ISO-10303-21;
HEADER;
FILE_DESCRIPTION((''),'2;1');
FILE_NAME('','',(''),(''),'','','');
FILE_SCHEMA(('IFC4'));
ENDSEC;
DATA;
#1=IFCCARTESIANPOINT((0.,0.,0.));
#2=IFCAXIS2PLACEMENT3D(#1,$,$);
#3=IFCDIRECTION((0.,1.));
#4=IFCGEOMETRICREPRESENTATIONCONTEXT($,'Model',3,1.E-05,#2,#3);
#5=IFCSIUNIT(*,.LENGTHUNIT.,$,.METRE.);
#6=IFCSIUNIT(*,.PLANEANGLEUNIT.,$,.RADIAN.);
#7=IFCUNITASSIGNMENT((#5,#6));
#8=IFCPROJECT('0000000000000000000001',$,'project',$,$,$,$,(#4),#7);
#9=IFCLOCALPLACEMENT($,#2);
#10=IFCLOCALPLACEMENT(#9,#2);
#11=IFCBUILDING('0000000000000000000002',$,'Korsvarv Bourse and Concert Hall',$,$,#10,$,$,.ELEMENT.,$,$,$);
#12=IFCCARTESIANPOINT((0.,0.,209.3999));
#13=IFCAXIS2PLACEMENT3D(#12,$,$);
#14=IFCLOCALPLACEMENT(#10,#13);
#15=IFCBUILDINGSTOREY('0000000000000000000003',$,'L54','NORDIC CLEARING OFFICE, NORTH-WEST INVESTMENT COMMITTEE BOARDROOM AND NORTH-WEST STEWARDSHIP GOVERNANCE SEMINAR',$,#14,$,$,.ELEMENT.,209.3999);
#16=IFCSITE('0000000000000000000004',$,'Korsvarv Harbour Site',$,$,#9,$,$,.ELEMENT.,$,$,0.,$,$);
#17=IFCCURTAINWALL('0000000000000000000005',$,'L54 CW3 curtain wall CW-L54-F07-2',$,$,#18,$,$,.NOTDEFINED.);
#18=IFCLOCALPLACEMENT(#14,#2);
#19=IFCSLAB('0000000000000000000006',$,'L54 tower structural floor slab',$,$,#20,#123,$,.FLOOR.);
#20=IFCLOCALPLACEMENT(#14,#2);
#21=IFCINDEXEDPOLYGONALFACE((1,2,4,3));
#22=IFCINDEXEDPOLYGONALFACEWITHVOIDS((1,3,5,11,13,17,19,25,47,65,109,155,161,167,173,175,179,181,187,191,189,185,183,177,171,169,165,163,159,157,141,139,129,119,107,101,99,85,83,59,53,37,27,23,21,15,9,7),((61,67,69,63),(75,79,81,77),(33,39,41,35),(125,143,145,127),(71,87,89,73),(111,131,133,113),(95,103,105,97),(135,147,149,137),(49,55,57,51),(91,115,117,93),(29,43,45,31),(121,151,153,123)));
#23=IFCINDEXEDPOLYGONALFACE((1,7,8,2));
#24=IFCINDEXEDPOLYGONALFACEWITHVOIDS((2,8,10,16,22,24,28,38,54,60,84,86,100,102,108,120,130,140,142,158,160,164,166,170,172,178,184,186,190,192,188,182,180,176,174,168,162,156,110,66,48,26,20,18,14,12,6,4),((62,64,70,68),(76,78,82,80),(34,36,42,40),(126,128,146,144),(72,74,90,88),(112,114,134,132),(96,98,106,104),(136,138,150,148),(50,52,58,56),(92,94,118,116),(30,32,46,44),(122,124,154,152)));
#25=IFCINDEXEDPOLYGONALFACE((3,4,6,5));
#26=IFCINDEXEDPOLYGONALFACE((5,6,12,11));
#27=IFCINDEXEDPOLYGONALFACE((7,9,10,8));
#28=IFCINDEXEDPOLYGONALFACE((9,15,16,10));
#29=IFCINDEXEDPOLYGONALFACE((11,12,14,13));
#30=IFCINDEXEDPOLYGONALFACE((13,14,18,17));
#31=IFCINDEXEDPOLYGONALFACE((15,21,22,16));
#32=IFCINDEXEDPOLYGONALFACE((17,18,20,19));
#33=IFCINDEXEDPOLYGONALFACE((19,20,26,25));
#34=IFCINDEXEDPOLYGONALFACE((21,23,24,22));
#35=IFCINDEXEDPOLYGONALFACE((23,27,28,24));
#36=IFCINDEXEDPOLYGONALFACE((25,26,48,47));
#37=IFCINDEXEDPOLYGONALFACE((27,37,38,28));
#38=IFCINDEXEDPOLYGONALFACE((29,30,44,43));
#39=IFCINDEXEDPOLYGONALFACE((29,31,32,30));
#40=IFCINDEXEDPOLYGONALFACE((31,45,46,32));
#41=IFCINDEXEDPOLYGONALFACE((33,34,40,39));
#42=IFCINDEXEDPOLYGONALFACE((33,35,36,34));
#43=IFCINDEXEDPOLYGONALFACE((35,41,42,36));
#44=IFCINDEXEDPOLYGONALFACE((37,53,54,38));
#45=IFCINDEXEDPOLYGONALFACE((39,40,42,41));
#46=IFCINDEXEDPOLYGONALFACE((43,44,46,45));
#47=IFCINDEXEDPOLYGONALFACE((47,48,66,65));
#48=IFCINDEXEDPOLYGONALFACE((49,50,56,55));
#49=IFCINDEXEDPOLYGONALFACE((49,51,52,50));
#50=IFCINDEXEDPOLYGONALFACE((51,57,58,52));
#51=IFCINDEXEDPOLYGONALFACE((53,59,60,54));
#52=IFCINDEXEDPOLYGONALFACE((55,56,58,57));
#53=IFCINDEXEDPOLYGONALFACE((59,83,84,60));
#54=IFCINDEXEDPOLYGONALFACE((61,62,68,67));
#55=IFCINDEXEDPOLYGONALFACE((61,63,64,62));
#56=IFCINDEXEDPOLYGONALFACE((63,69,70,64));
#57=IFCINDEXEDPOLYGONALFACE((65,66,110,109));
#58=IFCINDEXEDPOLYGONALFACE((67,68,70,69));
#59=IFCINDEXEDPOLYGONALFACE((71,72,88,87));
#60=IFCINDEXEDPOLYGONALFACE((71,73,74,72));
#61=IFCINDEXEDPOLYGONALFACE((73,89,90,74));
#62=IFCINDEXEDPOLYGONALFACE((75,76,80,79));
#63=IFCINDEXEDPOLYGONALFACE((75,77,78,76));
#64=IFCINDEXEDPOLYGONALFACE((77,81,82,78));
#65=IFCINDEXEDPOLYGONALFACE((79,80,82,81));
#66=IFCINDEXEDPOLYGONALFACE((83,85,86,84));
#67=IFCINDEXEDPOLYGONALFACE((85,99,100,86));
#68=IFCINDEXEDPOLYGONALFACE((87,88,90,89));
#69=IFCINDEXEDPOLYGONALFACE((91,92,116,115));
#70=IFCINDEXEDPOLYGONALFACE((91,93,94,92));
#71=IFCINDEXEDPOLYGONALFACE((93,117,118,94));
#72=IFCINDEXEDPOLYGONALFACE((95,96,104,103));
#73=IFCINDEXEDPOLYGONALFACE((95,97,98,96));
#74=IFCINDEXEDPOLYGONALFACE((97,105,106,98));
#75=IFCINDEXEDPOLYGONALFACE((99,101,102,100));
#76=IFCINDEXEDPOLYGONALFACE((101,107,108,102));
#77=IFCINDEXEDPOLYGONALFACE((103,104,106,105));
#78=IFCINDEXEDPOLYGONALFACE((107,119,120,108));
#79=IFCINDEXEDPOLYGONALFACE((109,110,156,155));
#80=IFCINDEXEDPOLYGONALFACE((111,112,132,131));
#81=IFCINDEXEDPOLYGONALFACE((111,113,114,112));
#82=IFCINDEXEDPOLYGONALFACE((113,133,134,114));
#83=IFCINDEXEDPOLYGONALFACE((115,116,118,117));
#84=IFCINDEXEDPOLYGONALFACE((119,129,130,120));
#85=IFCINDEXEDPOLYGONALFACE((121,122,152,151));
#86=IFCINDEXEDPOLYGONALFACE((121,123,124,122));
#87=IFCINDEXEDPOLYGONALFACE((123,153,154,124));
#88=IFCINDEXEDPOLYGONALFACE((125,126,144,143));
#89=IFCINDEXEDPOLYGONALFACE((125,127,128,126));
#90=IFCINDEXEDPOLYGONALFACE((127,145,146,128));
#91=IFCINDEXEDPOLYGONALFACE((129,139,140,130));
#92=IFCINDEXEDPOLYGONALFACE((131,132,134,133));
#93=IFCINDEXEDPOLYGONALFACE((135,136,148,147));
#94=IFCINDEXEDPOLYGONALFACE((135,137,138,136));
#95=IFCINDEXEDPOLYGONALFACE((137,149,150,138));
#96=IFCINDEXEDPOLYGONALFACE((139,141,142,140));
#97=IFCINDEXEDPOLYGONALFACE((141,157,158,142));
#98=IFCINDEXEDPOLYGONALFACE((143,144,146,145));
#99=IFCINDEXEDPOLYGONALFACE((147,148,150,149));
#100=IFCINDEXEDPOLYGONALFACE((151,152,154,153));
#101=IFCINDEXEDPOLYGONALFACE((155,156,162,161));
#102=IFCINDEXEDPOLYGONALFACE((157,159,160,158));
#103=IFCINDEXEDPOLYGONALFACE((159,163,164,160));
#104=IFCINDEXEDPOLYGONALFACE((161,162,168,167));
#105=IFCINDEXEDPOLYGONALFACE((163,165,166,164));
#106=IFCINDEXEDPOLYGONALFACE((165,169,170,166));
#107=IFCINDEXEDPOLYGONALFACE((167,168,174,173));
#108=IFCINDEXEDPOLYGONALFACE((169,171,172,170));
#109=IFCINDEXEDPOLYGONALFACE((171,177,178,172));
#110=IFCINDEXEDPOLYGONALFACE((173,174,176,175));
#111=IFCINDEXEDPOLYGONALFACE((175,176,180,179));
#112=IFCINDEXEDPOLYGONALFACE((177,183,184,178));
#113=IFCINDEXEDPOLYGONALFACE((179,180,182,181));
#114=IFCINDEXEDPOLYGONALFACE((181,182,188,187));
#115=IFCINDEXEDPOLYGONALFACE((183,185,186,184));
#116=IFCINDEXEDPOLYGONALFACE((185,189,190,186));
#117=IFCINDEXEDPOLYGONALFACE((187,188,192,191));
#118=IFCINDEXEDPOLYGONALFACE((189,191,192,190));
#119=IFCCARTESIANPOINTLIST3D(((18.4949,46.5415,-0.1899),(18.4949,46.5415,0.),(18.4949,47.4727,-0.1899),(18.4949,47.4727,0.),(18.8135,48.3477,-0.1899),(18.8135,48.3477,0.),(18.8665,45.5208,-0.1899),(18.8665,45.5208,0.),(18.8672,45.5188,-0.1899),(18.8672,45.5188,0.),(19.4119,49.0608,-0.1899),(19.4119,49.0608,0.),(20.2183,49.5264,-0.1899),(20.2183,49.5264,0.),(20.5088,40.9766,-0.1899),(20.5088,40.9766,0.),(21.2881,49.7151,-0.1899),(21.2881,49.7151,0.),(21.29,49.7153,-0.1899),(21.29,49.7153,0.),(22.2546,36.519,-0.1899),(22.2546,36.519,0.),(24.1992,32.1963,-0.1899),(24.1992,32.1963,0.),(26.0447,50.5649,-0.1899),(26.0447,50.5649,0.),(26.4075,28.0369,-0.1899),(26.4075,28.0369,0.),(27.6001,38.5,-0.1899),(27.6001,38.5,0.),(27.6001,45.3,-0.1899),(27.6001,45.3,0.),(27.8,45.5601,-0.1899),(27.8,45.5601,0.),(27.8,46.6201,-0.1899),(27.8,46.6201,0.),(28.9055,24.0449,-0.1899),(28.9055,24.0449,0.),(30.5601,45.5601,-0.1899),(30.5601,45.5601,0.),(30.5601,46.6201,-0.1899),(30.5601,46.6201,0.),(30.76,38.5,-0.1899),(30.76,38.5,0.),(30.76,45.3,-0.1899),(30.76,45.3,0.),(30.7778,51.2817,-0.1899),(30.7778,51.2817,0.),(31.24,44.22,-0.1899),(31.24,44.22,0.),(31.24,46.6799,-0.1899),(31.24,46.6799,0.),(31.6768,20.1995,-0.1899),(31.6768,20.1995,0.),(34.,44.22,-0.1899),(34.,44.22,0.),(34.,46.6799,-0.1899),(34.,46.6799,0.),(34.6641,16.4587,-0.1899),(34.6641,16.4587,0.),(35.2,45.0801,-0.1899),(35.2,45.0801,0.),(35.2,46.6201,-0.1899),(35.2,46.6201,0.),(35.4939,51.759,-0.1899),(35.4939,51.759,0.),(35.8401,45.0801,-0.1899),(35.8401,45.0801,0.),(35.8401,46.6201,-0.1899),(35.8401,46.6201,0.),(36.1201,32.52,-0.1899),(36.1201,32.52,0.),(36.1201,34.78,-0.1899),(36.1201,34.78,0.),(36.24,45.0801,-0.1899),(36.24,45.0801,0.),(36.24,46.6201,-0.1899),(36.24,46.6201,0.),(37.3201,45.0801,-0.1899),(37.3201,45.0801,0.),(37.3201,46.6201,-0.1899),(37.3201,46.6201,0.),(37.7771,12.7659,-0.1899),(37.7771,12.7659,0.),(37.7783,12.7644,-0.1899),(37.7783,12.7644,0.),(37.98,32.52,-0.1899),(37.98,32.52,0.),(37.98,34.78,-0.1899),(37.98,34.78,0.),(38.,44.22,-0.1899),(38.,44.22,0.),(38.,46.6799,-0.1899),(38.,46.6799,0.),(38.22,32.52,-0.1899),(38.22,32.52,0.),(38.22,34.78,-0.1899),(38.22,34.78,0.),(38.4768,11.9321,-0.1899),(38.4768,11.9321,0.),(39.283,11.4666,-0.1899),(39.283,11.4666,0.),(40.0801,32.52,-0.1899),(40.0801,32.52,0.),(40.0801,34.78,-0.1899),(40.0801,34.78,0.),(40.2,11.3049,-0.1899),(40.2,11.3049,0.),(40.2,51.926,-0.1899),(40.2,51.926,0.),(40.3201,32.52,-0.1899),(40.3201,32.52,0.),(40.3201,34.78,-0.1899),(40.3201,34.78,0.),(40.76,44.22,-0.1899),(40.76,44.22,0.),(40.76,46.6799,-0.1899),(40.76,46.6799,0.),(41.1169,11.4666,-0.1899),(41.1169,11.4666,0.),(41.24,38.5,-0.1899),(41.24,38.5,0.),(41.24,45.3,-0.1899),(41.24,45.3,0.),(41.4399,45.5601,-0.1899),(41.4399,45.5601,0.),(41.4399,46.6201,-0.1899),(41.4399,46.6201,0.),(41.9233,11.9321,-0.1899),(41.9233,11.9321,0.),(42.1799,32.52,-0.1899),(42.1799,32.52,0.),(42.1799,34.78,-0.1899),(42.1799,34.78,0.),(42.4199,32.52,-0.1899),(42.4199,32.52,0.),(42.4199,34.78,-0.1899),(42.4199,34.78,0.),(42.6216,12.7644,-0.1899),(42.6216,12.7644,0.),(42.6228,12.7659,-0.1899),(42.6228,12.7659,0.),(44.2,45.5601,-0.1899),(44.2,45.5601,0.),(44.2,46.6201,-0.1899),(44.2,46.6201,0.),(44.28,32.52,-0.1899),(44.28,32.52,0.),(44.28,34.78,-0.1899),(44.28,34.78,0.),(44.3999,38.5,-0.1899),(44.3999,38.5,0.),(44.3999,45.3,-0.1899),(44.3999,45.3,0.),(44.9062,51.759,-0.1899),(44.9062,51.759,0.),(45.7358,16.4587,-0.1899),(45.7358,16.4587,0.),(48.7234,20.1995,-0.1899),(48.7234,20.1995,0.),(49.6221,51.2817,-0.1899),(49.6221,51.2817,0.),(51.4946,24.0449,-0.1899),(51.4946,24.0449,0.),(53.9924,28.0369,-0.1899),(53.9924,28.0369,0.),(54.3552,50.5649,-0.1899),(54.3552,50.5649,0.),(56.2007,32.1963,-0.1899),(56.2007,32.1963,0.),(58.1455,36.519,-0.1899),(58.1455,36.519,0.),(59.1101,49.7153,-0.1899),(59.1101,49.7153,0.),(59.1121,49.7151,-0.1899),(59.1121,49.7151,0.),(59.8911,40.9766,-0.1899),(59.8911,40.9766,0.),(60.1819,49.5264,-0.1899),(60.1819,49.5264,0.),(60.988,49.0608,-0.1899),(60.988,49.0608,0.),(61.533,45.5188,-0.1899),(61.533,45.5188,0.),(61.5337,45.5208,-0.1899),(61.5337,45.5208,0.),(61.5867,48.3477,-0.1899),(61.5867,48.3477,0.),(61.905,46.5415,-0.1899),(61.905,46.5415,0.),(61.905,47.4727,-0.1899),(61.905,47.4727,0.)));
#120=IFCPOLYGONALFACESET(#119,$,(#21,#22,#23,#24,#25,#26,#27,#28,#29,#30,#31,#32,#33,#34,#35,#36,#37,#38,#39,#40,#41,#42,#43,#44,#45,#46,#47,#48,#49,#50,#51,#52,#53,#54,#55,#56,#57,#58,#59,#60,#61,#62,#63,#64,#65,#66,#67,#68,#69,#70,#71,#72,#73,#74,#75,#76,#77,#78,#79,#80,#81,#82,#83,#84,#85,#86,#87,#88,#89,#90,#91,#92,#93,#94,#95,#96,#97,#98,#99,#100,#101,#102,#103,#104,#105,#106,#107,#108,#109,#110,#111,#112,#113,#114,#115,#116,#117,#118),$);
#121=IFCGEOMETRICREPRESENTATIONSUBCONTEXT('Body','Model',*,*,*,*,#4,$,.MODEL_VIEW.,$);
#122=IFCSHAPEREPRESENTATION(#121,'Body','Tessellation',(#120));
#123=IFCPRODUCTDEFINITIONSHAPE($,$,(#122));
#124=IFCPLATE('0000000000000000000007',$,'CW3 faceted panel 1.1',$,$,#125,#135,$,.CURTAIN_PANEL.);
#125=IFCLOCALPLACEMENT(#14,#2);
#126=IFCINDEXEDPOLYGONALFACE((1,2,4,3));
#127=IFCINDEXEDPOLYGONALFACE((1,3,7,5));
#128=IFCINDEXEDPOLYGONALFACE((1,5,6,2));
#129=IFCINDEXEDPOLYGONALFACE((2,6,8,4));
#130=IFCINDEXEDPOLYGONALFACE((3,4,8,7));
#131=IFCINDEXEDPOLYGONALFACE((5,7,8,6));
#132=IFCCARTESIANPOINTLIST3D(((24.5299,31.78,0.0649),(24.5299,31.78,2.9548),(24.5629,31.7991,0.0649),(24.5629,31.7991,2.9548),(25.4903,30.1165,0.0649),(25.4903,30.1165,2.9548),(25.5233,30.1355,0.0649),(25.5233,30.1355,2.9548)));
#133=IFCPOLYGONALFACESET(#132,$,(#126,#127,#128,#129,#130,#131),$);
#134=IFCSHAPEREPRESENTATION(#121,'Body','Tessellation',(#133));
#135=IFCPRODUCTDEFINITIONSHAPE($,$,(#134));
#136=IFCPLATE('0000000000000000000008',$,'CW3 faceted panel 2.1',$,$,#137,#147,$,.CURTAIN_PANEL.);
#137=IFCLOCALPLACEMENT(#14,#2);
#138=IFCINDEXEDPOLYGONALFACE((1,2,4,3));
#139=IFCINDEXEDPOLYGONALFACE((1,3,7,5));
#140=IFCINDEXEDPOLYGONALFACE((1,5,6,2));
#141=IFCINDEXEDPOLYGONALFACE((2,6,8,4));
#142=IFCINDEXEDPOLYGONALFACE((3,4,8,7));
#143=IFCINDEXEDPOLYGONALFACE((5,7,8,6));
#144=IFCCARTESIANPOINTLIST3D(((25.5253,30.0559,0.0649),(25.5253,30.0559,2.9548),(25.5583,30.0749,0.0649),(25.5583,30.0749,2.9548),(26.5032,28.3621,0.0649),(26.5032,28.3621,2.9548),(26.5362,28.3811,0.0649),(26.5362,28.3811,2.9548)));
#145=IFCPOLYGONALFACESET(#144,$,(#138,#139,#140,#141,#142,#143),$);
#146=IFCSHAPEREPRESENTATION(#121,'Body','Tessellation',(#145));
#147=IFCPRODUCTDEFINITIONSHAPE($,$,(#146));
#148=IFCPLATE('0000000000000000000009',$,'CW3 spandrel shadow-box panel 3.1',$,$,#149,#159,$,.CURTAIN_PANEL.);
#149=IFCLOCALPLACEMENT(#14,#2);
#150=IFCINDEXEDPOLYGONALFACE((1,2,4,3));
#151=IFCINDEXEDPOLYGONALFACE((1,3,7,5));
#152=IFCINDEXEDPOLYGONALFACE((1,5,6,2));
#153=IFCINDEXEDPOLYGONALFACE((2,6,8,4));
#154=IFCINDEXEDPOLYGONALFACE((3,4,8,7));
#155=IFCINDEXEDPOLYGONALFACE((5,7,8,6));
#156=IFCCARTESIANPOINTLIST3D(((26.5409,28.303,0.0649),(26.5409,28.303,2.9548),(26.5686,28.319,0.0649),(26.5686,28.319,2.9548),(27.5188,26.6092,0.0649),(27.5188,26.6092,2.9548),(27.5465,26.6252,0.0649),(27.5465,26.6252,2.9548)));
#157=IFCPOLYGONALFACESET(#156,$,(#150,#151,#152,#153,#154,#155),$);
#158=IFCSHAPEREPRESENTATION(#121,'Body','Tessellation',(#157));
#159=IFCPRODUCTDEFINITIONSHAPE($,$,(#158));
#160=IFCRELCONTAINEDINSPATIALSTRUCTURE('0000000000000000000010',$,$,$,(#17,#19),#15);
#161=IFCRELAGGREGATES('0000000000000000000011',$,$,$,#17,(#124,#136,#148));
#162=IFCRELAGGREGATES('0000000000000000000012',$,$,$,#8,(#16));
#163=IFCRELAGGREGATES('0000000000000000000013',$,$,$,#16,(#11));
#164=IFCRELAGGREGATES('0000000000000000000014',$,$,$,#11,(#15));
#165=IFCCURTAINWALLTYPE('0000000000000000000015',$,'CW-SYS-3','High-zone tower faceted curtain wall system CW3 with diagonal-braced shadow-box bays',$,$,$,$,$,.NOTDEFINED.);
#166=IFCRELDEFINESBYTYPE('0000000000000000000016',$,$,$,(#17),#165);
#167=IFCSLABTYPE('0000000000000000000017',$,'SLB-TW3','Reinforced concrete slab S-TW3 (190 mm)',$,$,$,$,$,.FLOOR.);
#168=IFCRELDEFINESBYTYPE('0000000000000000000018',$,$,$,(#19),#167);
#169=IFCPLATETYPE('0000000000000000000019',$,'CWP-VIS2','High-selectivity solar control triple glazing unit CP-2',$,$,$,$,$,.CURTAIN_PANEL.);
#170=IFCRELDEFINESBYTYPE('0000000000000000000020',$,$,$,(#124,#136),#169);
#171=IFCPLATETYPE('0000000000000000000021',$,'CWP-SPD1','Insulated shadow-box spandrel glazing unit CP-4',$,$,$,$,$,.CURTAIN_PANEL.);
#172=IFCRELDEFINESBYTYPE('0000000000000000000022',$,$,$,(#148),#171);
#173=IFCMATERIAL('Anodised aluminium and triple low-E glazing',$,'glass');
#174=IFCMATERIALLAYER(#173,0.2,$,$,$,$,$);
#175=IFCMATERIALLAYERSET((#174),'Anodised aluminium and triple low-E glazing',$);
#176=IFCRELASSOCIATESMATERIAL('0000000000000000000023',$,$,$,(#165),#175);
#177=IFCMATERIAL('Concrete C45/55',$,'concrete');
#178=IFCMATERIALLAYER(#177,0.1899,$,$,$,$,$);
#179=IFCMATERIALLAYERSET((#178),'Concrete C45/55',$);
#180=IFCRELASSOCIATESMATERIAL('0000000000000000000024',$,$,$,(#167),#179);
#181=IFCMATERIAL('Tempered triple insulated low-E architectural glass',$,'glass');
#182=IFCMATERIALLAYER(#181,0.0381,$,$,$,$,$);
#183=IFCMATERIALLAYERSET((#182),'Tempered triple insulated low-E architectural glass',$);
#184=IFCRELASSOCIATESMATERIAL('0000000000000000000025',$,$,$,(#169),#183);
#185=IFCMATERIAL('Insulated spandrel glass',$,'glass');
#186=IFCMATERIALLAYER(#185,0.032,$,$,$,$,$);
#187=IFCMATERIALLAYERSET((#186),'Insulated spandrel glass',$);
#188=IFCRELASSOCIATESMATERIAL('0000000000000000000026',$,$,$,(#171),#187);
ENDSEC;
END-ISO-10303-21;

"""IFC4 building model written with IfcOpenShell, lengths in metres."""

from ifc_helpers import new_model, si_unit, direction, frame, origin, origin_2d, place, context, subcontext, project, spatial, polyline, rectangle, outline, extrude, source, transform, mapped, material, layer, layer_set, type_object, element, aggregate, save


model = new_model("IFC4")

# Units and contexts
model_context = context("Model", 3, precision=1e-05, world=origin(), true_north=direction((0.0, 1.0)))
body_context = subcontext(model_context, "Body", "Model", "MODEL_VIEW")
ifc_project = project(units=[si_unit("LENGTHUNIT", "METRE"), si_unit("PLANEANGLEUNIT", "RADIAN")], contexts=[model_context])

# Site, building, storey
site_placement = place(None, origin())
site = spatial("IfcSite", under=ifc_project, at=site_placement, Name="Korsvarv Harbour Site", CompositionType="ELEMENT", RefElevation=0.0)
building_placement = place(site_placement, origin())
building = spatial("IfcBuilding", under=site, at=building_placement, Name="Korsvarv Bourse and Concert Hall", CompositionType="ELEMENT")
storey_placement = place(building_placement, frame((0.0, 0.0, 209.3999)))
storey = spatial("IfcBuildingStorey", under=building, at=storey_placement, Name="L54", Description="NORDIC CLEARING OFFICE, NORTH-WEST INVESTMENT COMMITTEE BOARDROOM AND NORTH-WEST STEWARDSHIP GOVERNANCE SEMINAR", CompositionType="ELEMENT", Elevation=209.3999)

# Curtain wall
ifc_material_1 = material(Name="Anodised aluminium and triple low-E glazing", Category="glass")
ifc_layer_1 = layer(ifc_material_1, 0.2)
ifc_layer_set_1 = layer_set([ifc_layer_1], Name="Anodised aluminium and triple low-E glazing")
curtain_wall_type = type_object("IfcCurtainWallType", Name="CW-SYS-3", Description="High-zone tower faceted curtain wall system CW3 with diagonal-braced shadow-box bays", PredefinedType="NOTDEFINED", material=ifc_layer_set_1)
curtain_wall_placement = place(storey_placement, origin())
curtain_wall = element("IfcCurtainWall", 1, at=curtain_wall_placement, inside=storey, type_object=curtain_wall_type, Name="L54 CW3 curtain wall CW-L54-F07-2", PredefinedType="NOTDEFINED")

# Slab
ifc_material_2 = material(Name="Concrete C45/55", Category="concrete")
ifc_layer_2 = layer(ifc_material_2, 0.1899)
ifc_layer_set_2 = layer_set([ifc_layer_2], Name="Concrete C45/55")
slab_type_1 = type_object("IfcSlabType", Name="SLB-TW3", Description="Reinforced concrete slab S-TW3 (190 mm)", PredefinedType="FLOOR", material=ifc_layer_set_2)
slab_1_placement = place(storey_placement, frame((0.0, 0.0, -0.1899)))
element("IfcSlab", 2, at=slab_1_placement, inside=storey, type_object=slab_type_1, Name="L54 tower structural floor slab", PredefinedType="FLOOR", context=body_context, shape_type="SweptSolid", body=[
    extrude(outline(polyline([(61.533, 45.5188), (59.8911, 40.9766), (58.1455, 36.519), (56.2007, 32.1963), (53.9924, 28.0369), (51.4946, 24.0449), (48.7234, 20.1995), (45.7358, 16.4587), (42.6228, 12.7659), (42.6216, 12.7644), (41.9233, 11.9321), (41.1169, 11.4666), (40.2, 11.3049), (39.283, 11.4666), (38.4768, 11.9321), (37.7783, 12.7644), (37.7771, 12.7659), (34.6641, 16.4587), (31.6768, 20.1995), (28.9055, 24.0449), (26.4075, 28.0369), (24.1992, 32.1963), (22.2546, 36.519), (20.5088, 40.9766), (18.8672, 45.5188), (18.8665, 45.5208), (18.4949, 46.5415), (18.4949, 47.4727), (18.8135, 48.3477), (19.4119, 49.0608), (20.2183, 49.5264), (21.2881, 49.7151), (21.29, 49.7153), (26.0447, 50.5649), (30.7778, 51.2817), (35.4939, 51.759), (40.2, 51.926), (44.9062, 51.759), (49.6221, 51.2817), (54.3552, 50.5649), (59.1101, 49.7153), (59.1121, 49.7151), (60.1819, 49.5264), (60.988, 49.0608), (61.5867, 48.3477), (61.905, 47.4727), (61.905, 46.5415), (61.5337, 45.5208), (61.533, 45.5188)]), holes=[polyline([(30.76, 38.5), (30.76, 45.3), (27.6001, 45.3), (27.6001, 38.5), (30.76, 38.5)]), polyline([(44.3999, 38.5), (44.3999, 45.3), (41.24, 45.3), (41.24, 38.5), (44.3999, 38.5)]), polyline([(31.24, 44.22), (34.0, 44.22), (34.0, 46.6799), (31.24, 46.6799), (31.24, 44.22)]), polyline([(38.0, 44.22), (40.76, 44.22), (40.76, 46.6799), (38.0, 46.6799), (38.0, 44.22)]), polyline([(36.1201, 32.52), (37.98, 32.52), (37.98, 34.78), (36.1201, 34.78), (36.1201, 32.52)]), polyline([(38.22, 32.52), (40.0801, 32.52), (40.0801, 34.78), (38.22, 34.78), (38.22, 32.52)]), polyline([(40.3201, 32.52), (42.1799, 32.52), (42.1799, 34.78), (40.3201, 34.78), (40.3201, 32.52)]), polyline([(42.4199, 32.52), (44.28, 32.52), (44.28, 34.78), (42.4199, 34.78), (42.4199, 32.52)]), polyline([(27.8, 45.5601), (30.5601, 45.5601), (30.5601, 46.6201), (27.8, 46.6201), (27.8, 45.5601)]), polyline([(41.4399, 45.5601), (44.2, 45.5601), (44.2, 46.6201), (41.4399, 46.6201), (41.4399, 45.5601)]), polyline([(35.2, 45.0801), (35.8401, 45.0801), (35.8401, 46.6201), (35.2, 46.6201), (35.2, 45.0801)]), polyline([(36.24, 45.0801), (37.3201, 45.0801), (37.3201, 46.6201), (36.24, 46.6201), (36.24, 45.0801)])]), origin(), (0.0, 0.0, 1.0), 0.1899),
])

# Plates
ifc_material_3 = material(Name="Tempered triple insulated low-E architectural glass", Category="glass")
ifc_layer_3 = layer(ifc_material_3, 0.0381)
ifc_layer_set_3 = layer_set([ifc_layer_3], Name="Tempered triple insulated low-E architectural glass")
plate_type_1 = type_object("IfcPlateType", Name="CWP-VIS2", Description="High-selectivity solar control triple glazing unit CP-2", PredefinedType="CURTAIN_PANEL", material=ifc_layer_set_3)
shared_shape_1 = source(origin(), body_context, "Body", "SweptSolid", [
    extrude(rectangle(XDim=1.9209, YDim=0.0381, at=origin_2d()), origin(), (0.0, 0.0, 1.0), 2.8899),
])
plate_1_placement = place(storey_placement, frame((25.0266, 30.9578, 0.0649), z_axis=(0.0, 0.0, 1.0), x_axis=(0.499999, -0.866026, 0.0)))
plate_1 = element("IfcPlate", 3, at=plate_1_placement, type_object=plate_type_1, Name="CW3 faceted panel 1.1", PredefinedType="CURTAIN_PANEL", context=body_context, shape_type="MappedRepresentation", body=[
    mapped(shared_shape_1, transform((0.0, 0.0, 0.0), scale=1.0)),
])
shared_shape_2 = source(origin(), body_context, "Body", "SweptSolid", [
    extrude(rectangle(XDim=1.9558, YDim=0.0381, at=origin_2d()), origin(), (0.0, 0.0, 1.0), 2.8899),
])
plate_2_placement = place(storey_placement, frame((26.0308, 29.2185, 0.0649), z_axis=(0.0, 0.0, 1.0), x_axis=(0.499999, -0.866026, 0.0)))
plate_2 = element("IfcPlate", 4, at=plate_2_placement, type_object=plate_type_1, Name="CW3 faceted panel 2.1", PredefinedType="CURTAIN_PANEL", context=body_context, shape_type="MappedRepresentation", body=[
    mapped(shared_shape_2, transform((0.0, 0.0, 0.0), scale=1.0)),
])
ifc_material_4 = material(Name="Insulated spandrel glass", Category="glass")
ifc_layer_4 = layer(ifc_material_4, 0.032)
ifc_layer_set_4 = layer_set([ifc_layer_4], Name="Insulated spandrel glass")
plate_type_2 = type_object("IfcPlateType", Name="CWP-SPD1", Description="Insulated shadow-box spandrel glazing unit CP-4", PredefinedType="CURTAIN_PANEL", material=ifc_layer_set_4)
shared_shape_3 = source(origin(), body_context, "Body", "SweptSolid", [
    extrude(rectangle(XDim=1.9558, YDim=0.032, at=origin_2d()), origin(), (0.0, 0.0, 1.0), 2.8899),
])
plate_3_placement = place(storey_placement, frame((27.0437, 27.4641, 0.0649), z_axis=(0.0, 0.0, 1.0), x_axis=(0.499999, -0.866026, 0.0)))
plate_3 = element("IfcPlate", 5, at=plate_3_placement, type_object=plate_type_2, Name="CW3 spandrel shadow-box panel 3.1", PredefinedType="CURTAIN_PANEL", context=body_context, shape_type="MappedRepresentation", body=[
    mapped(shared_shape_3, transform((0.0, 0.0, 0.0), scale=1.0)),
])
aggregate(curtain_wall, [plate_1, plate_2, plate_3])

save(model, "model.ifc")
